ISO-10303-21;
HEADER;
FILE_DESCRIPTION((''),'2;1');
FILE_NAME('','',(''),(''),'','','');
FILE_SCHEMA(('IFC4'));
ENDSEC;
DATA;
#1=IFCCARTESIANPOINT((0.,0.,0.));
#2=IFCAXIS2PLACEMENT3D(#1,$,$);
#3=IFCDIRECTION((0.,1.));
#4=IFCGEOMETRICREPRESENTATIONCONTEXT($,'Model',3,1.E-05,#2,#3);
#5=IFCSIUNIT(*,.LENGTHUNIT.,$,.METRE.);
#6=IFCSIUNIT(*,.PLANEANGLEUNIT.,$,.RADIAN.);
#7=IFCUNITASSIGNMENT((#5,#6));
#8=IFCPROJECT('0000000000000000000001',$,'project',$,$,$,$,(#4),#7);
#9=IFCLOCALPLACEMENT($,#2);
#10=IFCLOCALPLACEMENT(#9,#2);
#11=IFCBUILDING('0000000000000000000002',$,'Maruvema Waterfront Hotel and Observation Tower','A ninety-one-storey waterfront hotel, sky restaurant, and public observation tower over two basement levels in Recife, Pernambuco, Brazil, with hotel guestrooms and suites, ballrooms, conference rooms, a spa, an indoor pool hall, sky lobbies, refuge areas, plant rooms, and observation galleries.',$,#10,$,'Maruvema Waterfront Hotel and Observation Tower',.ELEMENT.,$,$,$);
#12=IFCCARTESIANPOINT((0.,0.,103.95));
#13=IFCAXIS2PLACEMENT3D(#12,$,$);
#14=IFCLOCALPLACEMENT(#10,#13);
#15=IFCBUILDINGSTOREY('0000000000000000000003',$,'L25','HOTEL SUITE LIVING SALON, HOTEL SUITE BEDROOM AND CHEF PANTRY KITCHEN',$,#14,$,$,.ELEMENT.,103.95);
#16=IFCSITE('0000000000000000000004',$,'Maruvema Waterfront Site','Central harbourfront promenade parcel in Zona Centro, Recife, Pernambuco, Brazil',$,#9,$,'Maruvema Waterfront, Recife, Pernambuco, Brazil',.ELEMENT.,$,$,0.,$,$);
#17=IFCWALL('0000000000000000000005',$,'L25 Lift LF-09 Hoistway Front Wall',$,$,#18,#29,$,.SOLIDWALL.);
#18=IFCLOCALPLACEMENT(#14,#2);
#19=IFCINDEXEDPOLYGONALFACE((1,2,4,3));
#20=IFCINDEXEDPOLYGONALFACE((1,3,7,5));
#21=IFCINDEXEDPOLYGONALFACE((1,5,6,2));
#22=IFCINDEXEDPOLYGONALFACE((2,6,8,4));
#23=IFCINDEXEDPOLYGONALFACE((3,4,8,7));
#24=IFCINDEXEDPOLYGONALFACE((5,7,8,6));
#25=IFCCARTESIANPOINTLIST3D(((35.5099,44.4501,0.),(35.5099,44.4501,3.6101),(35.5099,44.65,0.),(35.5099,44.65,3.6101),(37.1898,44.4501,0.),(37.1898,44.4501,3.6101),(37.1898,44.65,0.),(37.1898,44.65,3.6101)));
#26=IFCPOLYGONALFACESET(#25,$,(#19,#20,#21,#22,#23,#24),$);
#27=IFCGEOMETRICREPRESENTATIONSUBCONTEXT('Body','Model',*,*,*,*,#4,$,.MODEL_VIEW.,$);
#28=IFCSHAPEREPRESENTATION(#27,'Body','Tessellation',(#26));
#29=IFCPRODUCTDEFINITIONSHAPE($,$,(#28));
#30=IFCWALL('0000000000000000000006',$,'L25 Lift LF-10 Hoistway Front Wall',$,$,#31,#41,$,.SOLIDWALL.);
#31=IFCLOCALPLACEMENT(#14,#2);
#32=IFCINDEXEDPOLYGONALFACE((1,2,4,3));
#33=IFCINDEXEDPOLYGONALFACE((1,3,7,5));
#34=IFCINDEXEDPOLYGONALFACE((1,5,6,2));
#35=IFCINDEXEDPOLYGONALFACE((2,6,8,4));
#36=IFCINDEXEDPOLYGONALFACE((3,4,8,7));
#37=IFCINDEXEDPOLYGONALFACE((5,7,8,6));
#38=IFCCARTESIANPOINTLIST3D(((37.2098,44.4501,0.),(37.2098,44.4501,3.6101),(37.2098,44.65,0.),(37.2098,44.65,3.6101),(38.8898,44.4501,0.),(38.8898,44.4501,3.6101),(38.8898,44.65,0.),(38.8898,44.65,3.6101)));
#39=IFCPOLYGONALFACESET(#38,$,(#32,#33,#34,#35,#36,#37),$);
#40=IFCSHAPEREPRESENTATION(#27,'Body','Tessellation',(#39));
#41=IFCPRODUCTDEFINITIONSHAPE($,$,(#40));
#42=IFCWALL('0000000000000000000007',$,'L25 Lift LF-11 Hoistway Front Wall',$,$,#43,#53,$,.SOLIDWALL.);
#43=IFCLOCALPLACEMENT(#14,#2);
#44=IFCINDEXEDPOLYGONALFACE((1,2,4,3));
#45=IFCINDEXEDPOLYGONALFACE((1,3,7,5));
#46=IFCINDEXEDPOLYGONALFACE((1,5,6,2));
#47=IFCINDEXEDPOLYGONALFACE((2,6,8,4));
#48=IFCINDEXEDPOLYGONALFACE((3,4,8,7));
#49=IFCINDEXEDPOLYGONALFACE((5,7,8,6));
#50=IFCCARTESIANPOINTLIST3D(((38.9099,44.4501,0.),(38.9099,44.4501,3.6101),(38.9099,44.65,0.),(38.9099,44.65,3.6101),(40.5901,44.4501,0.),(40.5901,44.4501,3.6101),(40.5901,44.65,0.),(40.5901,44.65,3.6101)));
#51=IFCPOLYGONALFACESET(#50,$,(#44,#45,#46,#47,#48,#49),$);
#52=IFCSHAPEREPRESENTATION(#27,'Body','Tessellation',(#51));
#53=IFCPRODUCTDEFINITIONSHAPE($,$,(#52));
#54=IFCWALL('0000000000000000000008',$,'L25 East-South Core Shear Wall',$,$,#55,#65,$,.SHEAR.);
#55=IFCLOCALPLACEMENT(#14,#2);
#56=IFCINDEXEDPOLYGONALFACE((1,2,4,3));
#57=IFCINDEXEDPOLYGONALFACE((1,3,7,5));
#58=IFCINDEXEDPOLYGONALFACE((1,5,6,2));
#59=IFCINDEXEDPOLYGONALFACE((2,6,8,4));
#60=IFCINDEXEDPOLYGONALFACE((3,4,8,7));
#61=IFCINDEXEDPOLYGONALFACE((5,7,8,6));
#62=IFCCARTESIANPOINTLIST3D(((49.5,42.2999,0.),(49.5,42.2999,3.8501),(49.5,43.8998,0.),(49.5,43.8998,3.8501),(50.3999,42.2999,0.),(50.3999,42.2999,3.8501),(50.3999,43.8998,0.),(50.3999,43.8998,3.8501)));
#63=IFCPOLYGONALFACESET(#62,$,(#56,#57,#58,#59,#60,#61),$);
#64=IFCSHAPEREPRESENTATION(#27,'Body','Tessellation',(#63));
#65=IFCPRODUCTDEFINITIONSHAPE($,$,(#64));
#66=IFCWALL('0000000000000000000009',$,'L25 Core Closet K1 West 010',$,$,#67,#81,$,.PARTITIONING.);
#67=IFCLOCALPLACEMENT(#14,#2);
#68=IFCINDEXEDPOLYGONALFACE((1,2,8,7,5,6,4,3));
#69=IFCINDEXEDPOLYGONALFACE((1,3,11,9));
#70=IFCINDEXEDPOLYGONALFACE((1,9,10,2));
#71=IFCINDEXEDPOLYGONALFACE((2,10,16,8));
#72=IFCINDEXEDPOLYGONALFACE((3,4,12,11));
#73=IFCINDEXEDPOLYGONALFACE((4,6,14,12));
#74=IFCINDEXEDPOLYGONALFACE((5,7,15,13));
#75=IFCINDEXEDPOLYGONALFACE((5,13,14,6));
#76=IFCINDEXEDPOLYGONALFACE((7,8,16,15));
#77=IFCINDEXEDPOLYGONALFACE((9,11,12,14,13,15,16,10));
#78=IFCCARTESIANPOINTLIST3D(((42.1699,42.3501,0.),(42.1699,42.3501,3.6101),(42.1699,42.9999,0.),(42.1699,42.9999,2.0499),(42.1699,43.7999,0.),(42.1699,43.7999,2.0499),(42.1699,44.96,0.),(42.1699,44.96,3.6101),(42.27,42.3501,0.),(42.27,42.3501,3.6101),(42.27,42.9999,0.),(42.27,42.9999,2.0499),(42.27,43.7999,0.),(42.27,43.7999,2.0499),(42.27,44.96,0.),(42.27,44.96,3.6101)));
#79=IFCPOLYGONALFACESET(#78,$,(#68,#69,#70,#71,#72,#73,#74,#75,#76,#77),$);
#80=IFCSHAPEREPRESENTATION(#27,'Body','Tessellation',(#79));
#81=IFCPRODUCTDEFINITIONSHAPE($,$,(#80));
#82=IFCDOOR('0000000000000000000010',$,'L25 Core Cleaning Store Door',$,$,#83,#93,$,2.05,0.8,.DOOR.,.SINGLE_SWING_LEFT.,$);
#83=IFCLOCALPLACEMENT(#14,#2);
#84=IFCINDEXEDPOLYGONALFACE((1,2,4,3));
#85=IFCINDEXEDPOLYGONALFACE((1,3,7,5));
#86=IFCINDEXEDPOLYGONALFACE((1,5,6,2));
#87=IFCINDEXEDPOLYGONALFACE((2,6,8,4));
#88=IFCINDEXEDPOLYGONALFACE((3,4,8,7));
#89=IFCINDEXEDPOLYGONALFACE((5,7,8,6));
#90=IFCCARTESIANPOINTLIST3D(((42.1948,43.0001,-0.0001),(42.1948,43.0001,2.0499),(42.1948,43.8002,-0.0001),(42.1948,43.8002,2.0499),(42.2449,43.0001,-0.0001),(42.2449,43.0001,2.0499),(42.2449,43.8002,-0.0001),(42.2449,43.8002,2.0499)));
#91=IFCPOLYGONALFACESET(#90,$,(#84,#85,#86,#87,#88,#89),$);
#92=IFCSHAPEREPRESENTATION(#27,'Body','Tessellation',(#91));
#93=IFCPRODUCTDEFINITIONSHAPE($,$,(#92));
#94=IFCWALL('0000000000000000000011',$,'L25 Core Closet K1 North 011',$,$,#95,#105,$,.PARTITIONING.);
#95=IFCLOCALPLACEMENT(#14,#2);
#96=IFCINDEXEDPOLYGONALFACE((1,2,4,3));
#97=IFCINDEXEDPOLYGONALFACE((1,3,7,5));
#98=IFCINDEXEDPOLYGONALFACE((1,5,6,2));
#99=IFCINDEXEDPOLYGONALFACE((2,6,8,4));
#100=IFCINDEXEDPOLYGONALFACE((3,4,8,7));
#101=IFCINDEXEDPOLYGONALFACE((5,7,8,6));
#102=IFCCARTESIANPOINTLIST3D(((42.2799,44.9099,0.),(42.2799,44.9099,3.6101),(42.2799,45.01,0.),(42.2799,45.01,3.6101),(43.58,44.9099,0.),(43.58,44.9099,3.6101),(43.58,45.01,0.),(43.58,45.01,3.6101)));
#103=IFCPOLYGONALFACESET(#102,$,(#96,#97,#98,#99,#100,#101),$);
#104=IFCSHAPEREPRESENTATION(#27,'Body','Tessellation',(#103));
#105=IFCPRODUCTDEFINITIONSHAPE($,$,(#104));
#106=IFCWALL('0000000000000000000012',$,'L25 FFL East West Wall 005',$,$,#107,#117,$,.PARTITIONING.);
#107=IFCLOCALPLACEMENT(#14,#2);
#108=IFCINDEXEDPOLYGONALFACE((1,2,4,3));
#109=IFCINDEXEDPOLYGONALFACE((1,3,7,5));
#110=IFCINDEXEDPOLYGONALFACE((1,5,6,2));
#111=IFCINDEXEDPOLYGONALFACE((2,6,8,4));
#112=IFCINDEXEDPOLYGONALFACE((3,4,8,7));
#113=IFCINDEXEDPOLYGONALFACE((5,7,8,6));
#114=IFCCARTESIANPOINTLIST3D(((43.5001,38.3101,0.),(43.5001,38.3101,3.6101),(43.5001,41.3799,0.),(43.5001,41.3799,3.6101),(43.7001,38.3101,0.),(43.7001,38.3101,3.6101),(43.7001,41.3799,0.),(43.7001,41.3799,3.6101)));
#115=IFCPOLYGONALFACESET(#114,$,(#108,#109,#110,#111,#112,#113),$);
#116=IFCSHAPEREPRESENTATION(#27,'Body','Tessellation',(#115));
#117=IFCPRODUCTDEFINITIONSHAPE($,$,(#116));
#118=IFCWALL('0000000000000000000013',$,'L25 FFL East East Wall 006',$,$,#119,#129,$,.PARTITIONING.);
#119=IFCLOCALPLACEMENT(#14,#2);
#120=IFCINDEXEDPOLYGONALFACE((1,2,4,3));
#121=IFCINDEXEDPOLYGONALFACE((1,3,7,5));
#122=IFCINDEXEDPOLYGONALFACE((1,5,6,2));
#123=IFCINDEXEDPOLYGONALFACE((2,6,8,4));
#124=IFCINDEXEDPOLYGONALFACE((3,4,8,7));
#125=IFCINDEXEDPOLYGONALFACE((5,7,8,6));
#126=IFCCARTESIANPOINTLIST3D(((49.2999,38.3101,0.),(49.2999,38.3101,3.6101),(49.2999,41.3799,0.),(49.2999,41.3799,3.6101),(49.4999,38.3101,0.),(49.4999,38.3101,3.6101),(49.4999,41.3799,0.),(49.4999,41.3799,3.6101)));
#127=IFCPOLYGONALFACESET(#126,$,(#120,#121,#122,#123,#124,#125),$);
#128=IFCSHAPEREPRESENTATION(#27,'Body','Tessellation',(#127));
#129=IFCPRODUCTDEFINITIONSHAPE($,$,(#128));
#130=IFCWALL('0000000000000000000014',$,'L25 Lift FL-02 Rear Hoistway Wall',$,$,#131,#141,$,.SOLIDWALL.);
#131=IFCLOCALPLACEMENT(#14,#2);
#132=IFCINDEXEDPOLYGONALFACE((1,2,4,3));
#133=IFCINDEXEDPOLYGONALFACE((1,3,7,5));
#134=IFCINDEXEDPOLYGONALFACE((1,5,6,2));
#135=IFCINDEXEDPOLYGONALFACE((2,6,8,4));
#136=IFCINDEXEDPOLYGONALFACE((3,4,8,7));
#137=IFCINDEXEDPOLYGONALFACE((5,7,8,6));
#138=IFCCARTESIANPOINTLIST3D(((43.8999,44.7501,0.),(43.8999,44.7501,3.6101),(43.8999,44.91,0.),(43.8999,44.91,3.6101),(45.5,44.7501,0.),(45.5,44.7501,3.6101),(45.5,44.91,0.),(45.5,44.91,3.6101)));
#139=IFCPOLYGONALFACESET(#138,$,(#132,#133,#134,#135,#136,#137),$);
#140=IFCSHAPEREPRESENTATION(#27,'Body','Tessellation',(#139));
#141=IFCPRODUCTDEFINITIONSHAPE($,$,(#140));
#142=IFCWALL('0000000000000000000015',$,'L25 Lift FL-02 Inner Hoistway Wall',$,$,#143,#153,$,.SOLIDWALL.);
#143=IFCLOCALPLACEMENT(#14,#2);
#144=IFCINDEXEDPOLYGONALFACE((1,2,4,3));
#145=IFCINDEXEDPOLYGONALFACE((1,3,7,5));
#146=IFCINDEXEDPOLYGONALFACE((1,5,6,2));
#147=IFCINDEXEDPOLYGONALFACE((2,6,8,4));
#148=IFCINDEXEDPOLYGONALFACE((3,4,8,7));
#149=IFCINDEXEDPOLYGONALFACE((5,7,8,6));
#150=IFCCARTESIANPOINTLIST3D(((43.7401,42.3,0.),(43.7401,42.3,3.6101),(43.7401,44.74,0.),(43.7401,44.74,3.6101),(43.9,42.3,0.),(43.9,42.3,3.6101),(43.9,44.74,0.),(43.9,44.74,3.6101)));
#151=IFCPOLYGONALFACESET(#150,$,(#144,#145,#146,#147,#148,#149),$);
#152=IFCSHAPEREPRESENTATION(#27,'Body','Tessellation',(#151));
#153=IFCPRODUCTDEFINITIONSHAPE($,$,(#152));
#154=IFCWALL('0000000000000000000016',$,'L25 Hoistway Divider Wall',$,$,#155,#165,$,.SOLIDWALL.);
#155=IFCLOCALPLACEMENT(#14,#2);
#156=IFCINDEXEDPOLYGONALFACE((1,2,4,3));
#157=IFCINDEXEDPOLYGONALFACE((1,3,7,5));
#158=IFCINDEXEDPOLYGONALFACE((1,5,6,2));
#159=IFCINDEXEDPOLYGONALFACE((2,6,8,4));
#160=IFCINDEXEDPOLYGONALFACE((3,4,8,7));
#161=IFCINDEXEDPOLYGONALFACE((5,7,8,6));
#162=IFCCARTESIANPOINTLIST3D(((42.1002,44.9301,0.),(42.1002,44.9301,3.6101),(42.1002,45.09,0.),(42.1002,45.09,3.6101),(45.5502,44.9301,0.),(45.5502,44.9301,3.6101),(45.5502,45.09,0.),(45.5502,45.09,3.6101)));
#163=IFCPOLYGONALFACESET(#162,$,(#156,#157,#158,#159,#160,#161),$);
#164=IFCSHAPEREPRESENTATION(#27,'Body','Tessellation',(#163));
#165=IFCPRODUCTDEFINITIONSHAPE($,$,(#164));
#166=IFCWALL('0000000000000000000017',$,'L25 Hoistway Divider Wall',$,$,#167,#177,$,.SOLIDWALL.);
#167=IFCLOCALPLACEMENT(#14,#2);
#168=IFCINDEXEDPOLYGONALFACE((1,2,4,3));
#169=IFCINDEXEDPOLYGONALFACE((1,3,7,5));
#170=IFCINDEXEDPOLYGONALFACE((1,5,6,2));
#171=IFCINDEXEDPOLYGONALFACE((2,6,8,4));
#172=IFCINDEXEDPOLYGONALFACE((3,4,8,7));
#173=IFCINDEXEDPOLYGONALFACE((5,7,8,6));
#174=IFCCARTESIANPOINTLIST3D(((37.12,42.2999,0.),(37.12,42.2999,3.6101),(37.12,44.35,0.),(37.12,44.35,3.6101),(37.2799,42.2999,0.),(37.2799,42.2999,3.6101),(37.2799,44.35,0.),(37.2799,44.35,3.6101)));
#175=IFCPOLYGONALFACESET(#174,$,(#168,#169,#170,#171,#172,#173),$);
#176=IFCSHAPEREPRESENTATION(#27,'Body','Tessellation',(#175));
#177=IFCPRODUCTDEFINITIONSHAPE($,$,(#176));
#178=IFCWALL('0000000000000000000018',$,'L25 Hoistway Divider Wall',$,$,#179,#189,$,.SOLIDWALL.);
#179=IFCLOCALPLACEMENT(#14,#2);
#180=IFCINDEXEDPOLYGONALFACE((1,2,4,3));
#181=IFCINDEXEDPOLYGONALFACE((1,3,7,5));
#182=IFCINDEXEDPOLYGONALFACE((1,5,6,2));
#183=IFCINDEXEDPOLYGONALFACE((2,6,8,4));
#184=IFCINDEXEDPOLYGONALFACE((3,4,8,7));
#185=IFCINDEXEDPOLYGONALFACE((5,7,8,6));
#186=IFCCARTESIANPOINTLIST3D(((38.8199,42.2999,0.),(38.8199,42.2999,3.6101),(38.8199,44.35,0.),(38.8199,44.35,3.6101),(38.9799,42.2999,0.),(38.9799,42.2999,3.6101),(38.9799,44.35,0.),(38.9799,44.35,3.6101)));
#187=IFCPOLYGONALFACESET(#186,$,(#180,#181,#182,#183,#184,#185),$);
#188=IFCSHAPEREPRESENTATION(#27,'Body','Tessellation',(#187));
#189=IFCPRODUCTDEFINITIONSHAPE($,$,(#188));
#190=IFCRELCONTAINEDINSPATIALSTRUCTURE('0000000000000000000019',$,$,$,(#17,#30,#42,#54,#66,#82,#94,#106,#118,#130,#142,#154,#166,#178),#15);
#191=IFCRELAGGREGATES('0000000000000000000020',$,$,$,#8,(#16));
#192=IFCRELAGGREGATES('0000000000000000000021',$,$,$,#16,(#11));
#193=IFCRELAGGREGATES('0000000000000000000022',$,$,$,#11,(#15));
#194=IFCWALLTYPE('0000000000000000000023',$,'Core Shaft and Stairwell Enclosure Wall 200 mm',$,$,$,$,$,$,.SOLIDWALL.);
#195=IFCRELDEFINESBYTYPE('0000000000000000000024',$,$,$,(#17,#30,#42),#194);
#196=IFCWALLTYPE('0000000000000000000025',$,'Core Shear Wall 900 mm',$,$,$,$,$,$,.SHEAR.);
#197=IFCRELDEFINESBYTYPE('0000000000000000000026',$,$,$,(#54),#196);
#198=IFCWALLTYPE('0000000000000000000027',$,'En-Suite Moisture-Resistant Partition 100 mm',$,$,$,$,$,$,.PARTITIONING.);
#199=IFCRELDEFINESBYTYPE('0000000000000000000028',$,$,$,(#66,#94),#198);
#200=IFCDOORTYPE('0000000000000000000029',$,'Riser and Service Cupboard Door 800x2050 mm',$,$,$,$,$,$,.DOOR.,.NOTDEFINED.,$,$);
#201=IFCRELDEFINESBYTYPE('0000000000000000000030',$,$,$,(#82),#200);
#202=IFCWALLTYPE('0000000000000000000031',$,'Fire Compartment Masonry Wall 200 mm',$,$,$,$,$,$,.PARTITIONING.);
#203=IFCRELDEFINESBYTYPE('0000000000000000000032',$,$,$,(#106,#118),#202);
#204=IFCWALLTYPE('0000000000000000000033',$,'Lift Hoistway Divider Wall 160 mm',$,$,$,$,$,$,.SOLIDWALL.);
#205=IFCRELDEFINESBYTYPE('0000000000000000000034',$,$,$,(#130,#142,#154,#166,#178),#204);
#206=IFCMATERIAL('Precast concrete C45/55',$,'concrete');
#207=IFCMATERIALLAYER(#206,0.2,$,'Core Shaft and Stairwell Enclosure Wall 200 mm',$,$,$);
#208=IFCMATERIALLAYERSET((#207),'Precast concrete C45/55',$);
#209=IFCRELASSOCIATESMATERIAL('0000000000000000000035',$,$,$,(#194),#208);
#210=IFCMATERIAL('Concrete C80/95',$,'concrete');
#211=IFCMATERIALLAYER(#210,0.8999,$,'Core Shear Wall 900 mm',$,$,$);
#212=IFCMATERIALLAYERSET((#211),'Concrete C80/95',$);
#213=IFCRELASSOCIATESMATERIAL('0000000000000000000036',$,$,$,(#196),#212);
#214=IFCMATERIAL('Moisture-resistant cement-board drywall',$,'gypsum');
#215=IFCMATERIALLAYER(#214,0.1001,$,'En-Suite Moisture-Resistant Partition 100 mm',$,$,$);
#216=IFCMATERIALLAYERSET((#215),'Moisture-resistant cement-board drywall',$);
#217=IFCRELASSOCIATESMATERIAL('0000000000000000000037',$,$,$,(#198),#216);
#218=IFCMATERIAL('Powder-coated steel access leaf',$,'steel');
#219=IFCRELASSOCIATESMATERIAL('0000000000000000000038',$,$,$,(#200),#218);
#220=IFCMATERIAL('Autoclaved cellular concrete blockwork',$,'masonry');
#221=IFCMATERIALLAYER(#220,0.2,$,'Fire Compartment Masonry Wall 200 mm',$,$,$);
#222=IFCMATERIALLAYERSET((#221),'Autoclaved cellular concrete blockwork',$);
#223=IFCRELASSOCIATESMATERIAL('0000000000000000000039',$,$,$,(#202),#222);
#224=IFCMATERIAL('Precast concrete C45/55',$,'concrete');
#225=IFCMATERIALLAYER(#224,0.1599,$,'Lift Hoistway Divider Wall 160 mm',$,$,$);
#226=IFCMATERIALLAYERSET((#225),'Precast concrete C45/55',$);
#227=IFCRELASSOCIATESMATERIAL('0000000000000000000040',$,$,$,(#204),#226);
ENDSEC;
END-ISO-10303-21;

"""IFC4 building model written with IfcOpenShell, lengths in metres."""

from ifc_helpers import new_model, si_unit, direction, frame, frame_2d, origin, place, context, subcontext, project, spatial, rectangle, extrude, material, layer, layer_set, type_object, element, fill, save


model = new_model("IFC4")

# Units and contexts
model_context = context("Model", 3, precision=1e-05, world=origin(), true_north=direction((0.0, 1.0)))
body_context = subcontext(model_context, "Body", "Model", "MODEL_VIEW")
ifc_project = project(units=[si_unit("LENGTHUNIT", "METRE"), si_unit("PLANEANGLEUNIT", "RADIAN")], contexts=[model_context])

# Site, building, storey
site_placement = place(None, origin())
site = spatial("IfcSite", under=ifc_project, at=site_placement, Name="Maruvema Waterfront Site", Description="Central harbourfront promenade parcel in Zona Centro, Recife, Pernambuco, Brazil", LongName="Maruvema Waterfront, Recife, Pernambuco, Brazil", CompositionType="ELEMENT", RefElevation=0.0)
building_placement = place(site_placement, origin())
building = spatial("IfcBuilding", under=site, at=building_placement, Name="Maruvema Waterfront Hotel and Observation Tower", Description="A ninety-one-storey waterfront hotel, sky restaurant, and public observation tower over two basement levels in Recife, Pernambuco, Brazil, with hotel guestrooms and suites, ballrooms, conference rooms, a spa, an indoor pool hall, sky lobbies, refuge areas, plant rooms, and observation galleries.", LongName="Maruvema Waterfront Hotel and Observation Tower", CompositionType="ELEMENT")
storey_placement = place(building_placement, frame((0.0, 0.0, 103.95)))
storey = spatial("IfcBuildingStorey", under=building, at=storey_placement, Name="L25", Description="HOTEL SUITE LIVING SALON, HOTEL SUITE BEDROOM AND CHEF PANTRY KITCHEN", CompositionType="ELEMENT", Elevation=103.95)

# Walls
ifc_material_1 = material(Name="Precast concrete C45/55", Category="concrete")
ifc_layer_1 = layer(ifc_material_1, 0.2, Name="Core Shaft and Stairwell Enclosure Wall 200 mm")
ifc_layer_set_1 = layer_set([ifc_layer_1], Name="Precast concrete C45/55")
wall_type_1 = type_object("IfcWallType", Name="Core Shaft and Stairwell Enclosure Wall 200 mm", PredefinedType="SOLIDWALL", material=ifc_layer_set_1)
for number, where, z_axis, x_axis, name in (
    (1, (35.51, 44.55, 0.0), (0.0, 0.0, 1.0), (1.0, 0.0, 0.0), "L25 Lift LF-09 Hoistway Front Wall"),
    (2, (37.21, 44.55, 0.0), (0.0, 0.0, 1.0), (1.0, 0.0, 0.0), "L25 Lift LF-10 Hoistway Front Wall"),
):
    element("IfcWall", number, at=place(storey_placement, frame(where, z_axis=z_axis, x_axis=x_axis)), inside=storey, type_object=wall_type_1, Name=name, PredefinedType="SOLIDWALL", context=body_context, shape_type="SweptSolid", body=[
        extrude(rectangle(XDim=1.6799, YDim=0.2, at=frame_2d((0.8398, 0.0))), origin(), (0.0, 0.0, 1.0), 3.6101),
    ])
wall_1_placement = place(storey_placement, frame((38.9099, 44.55, 0.0), z_axis=(0.0, 0.0, 1.0), x_axis=(1.0, 0.0, 0.0)))
element("IfcWall", 3, at=wall_1_placement, inside=storey, type_object=wall_type_1, Name="L25 Lift LF-11 Hoistway Front Wall", PredefinedType="SOLIDWALL", context=body_context, shape_type="SweptSolid", body=[
    extrude(rectangle(XDim=1.6802, YDim=0.2, at=frame_2d((0.8401, 0.0))), origin(), (0.0, 0.0, 1.0), 3.6101),
])

# Shared definitions
ifc_material_2 = material(Name="Concrete C80/95", Category="concrete")
ifc_layer_2 = layer(ifc_material_2, 0.8999, Name="Core Shear Wall 900 mm")
ifc_layer_set_2 = layer_set([ifc_layer_2], Name="Concrete C80/95")
wall_type_2 = type_object("IfcWallType", Name="Core Shear Wall 900 mm", PredefinedType="SHEAR", material=ifc_layer_set_2)

# Wall
wall_2_placement = place(storey_placement, frame((49.95, 42.3, 0.0), z_axis=(0.0, 0.0, 1.0), x_axis=(0.0, 1.0, 0.0)))
element("IfcWall", 4, at=wall_2_placement, inside=storey, type_object=wall_type_2, Name="L25 East-South Core Shear Wall", PredefinedType="SHEAR", context=body_context, shape_type="SweptSolid", body=[
    extrude(rectangle(XDim=1.5999, YDim=0.8999, at=frame_2d((0.7998, 0.0))), origin(), (0.0, 0.0, 1.0), 3.8501),
])

# Wall, opening, door
ifc_material_3 = material(Name="Moisture-resistant cement-board drywall", Category="gypsum")
ifc_layer_3 = layer(ifc_material_3, 0.1001, Name="En-Suite Moisture-Resistant Partition 100 mm")
ifc_layer_set_3 = layer_set([ifc_layer_3], Name="Moisture-resistant cement-board drywall")
wall_type_3 = type_object("IfcWallType", Name="En-Suite Moisture-Resistant Partition 100 mm", PredefinedType="PARTITIONING", material=ifc_layer_set_3)
wall_3_placement = place(storey_placement, frame((42.22, 42.3501, 0.0), z_axis=(0.0, 0.0, 1.0), x_axis=(0.0, 1.0, 0.0)))
wall_3 = element("IfcWall", 5, at=wall_3_placement, inside=storey, type_object=wall_type_3, Name="L25 Core Closet K1 West 010", PredefinedType="PARTITIONING", context=body_context, shape_type="SweptSolid", body=[
    extrude(rectangle(XDim=2.6099, YDim=0.1001, at=frame_2d((1.3049, 0.0))), origin(), (0.0, 0.0, 1.0), 3.6101),
])
opening_1_placement = place(wall_3_placement, frame((0.6499, 0.0, 0.0)))
opening_1 = element("IfcOpeningElement", 6, at=opening_1_placement, cuts=wall_3, PredefinedType="OPENING", context=body_context, shape_type="SweptSolid", body=[
    extrude(rectangle(XDim=0.8, YDim=2.05, at=frame_2d((0.3999, 1.0249))), frame((0.0, 0.0601, 0.0), z_axis=(0.0, -1.0, 0.0), x_axis=(1.0, 0.0, 0.0)), (0.0, 0.0, 1.0), 0.1201),
])
ifc_material_4 = material(Name="Powder-coated steel access leaf", Category="steel")
door_type_1 = type_object("IfcDoorType", Name="Riser and Service Cupboard Door 800x2050 mm", OperationType="NOTDEFINED", PredefinedType="DOOR", material=ifc_material_4)
door_1_placement = place(opening_1_placement, frame((0.8, 0.0, 0.0), z_axis=(0.0, 0.0, 1.0), x_axis=(-1.0, 0.0, 0.0)))
door_1 = element("IfcDoor", 7, at=door_1_placement, inside=storey, type_object=door_type_1, Name="L25 Core Cleaning Store Door", OperationType="SINGLE_SWING_LEFT", OverallHeight=2.05, OverallWidth=0.8, PredefinedType="DOOR", context=body_context, shape_type="SweptSolid", body=[
    extrude(rectangle(XDim=0.8, YDim=2.05, at=frame_2d((0.3999, 1.0249))), frame((0.0, 0.0249, 0.0), z_axis=(0.0, -1.0, 0.0), x_axis=(1.0, 0.0, 0.0)), (0.0, 0.0, 1.0), 0.05),
])
fill(opening_1, door_1)

# Wall
wall_4_placement = place(storey_placement, frame((42.28, 44.96, 0.0), z_axis=(0.0, 0.0, 1.0), x_axis=(1.0, 0.0, 0.0)))
element("IfcWall", 8, at=wall_4_placement, inside=storey, type_object=wall_type_3, Name="L25 Core Closet K1 North 011", PredefinedType="PARTITIONING", context=body_context, shape_type="SweptSolid", body=[
    extrude(rectangle(XDim=1.3, YDim=0.1001, at=frame_2d((0.6499, 0.0))), origin(), (0.0, 0.0, 1.0), 3.6101),
])

# Shared definitions
ifc_material_5 = material(Name="Autoclaved cellular concrete blockwork", Category="masonry")
ifc_layer_4 = layer(ifc_material_5, 0.2, Name="Fire Compartment Masonry Wall 200 mm")
ifc_layer_set_4 = layer_set([ifc_layer_4], Name="Autoclaved cellular concrete blockwork")
wall_type_4 = type_object("IfcWallType", Name="Fire Compartment Masonry Wall 200 mm", PredefinedType="PARTITIONING", material=ifc_layer_set_4)

# Walls
for number, where, z_axis, x_axis, name in (
    (9, (43.6001, 38.3101, 0.0), (0.0, 0.0, 1.0), (0.0, 1.0, 0.0), "L25 FFL East West Wall 005"),
    (10, (49.3999, 38.3101, 0.0), (0.0, 0.0, 1.0), (0.0, 1.0, 0.0), "L25 FFL East East Wall 006"),
):
    element("IfcWall", number, at=place(storey_placement, frame(where, z_axis=z_axis, x_axis=x_axis)), inside=storey, type_object=wall_type_4, Name=name, PredefinedType="PARTITIONING", context=body_context, shape_type="SweptSolid", body=[
        extrude(rectangle(XDim=3.0698, YDim=0.2, at=frame_2d((1.5349, 0.0))), origin(), (0.0, 0.0, 1.0), 3.6101),
    ])
ifc_material_6 = material(Name="Precast concrete C45/55", Category="concrete")
ifc_layer_5 = layer(ifc_material_6, 0.1599, Name="Lift Hoistway Divider Wall 160 mm")
ifc_layer_set_5 = layer_set([ifc_layer_5], Name="Precast concrete C45/55")
wall_type_5 = type_object("IfcWallType", Name="Lift Hoistway Divider Wall 160 mm", PredefinedType="SOLIDWALL", material=ifc_layer_set_5)
wall_5_placement = place(storey_placement, frame((43.8999, 44.8301, 0.0), z_axis=(0.0, 0.0, 1.0), x_axis=(1.0, 0.0, 0.0)))
element("IfcWall", 11, at=wall_5_placement, inside=storey, type_object=wall_type_5, Name="L25 Lift FL-02 Rear Hoistway Wall", PredefinedType="SOLIDWALL", context=body_context, shape_type="SweptSolid", body=[
    extrude(rectangle(XDim=1.6001, YDim=0.1599, at=frame_2d((0.8, 0.0))), origin(), (0.0, 0.0, 1.0), 3.6101),
])
wall_6_placement = place(storey_placement, frame((43.8201, 42.3, 0.0), z_axis=(0.0, 0.0, 1.0), x_axis=(0.0, 1.0, 0.0)))
element("IfcWall", 12, at=wall_6_placement, inside=storey, type_object=wall_type_5, Name="L25 Lift FL-02 Inner Hoistway Wall", PredefinedType="SOLIDWALL", context=body_context, shape_type="SweptSolid", body=[
    extrude(rectangle(XDim=2.4399, YDim=0.1599, at=frame_2d((1.22, 0.0))), origin(), (0.0, 0.0, 1.0), 3.6101),
])
wall_7_placement = place(storey_placement, frame((42.1001, 45.01, 0.0), z_axis=(0.0, 0.0, 1.0), x_axis=(1.0, 0.0, 0.0)))
element("IfcWall", 13, at=wall_7_placement, inside=storey, type_object=wall_type_5, Name="L25 Hoistway Divider Wall", PredefinedType="SOLIDWALL", context=body_context, shape_type="SweptSolid", body=[
    extrude(rectangle(XDim=3.45, YDim=0.1599, at=frame_2d((1.7251, 0.0))), origin(), (0.0, 0.0, 1.0), 3.6101),
])
for number, where, z_axis, x_axis, name in (
    (14, (37.2, 42.3, 0.0), (0.0, 0.0, 1.0), (0.0, 1.0, 0.0), "L25 Hoistway Divider Wall"),
    (15, (38.8999, 42.3, 0.0), (0.0, 0.0, 1.0), (0.0, 1.0, 0.0), "L25 Hoistway Divider Wall"),
):
    element("IfcWall", number, at=place(storey_placement, frame(where, z_axis=z_axis, x_axis=x_axis)), inside=storey, type_object=wall_type_5, Name=name, PredefinedType="SOLIDWALL", context=body_context, shape_type="SweptSolid", body=[
        extrude(rectangle(XDim=2.05, YDim=0.1599, at=frame_2d((1.0249, 0.0))), origin(), (0.0, 0.0, 1.0), 3.6101),
    ])

save(model, "model.ifc")
